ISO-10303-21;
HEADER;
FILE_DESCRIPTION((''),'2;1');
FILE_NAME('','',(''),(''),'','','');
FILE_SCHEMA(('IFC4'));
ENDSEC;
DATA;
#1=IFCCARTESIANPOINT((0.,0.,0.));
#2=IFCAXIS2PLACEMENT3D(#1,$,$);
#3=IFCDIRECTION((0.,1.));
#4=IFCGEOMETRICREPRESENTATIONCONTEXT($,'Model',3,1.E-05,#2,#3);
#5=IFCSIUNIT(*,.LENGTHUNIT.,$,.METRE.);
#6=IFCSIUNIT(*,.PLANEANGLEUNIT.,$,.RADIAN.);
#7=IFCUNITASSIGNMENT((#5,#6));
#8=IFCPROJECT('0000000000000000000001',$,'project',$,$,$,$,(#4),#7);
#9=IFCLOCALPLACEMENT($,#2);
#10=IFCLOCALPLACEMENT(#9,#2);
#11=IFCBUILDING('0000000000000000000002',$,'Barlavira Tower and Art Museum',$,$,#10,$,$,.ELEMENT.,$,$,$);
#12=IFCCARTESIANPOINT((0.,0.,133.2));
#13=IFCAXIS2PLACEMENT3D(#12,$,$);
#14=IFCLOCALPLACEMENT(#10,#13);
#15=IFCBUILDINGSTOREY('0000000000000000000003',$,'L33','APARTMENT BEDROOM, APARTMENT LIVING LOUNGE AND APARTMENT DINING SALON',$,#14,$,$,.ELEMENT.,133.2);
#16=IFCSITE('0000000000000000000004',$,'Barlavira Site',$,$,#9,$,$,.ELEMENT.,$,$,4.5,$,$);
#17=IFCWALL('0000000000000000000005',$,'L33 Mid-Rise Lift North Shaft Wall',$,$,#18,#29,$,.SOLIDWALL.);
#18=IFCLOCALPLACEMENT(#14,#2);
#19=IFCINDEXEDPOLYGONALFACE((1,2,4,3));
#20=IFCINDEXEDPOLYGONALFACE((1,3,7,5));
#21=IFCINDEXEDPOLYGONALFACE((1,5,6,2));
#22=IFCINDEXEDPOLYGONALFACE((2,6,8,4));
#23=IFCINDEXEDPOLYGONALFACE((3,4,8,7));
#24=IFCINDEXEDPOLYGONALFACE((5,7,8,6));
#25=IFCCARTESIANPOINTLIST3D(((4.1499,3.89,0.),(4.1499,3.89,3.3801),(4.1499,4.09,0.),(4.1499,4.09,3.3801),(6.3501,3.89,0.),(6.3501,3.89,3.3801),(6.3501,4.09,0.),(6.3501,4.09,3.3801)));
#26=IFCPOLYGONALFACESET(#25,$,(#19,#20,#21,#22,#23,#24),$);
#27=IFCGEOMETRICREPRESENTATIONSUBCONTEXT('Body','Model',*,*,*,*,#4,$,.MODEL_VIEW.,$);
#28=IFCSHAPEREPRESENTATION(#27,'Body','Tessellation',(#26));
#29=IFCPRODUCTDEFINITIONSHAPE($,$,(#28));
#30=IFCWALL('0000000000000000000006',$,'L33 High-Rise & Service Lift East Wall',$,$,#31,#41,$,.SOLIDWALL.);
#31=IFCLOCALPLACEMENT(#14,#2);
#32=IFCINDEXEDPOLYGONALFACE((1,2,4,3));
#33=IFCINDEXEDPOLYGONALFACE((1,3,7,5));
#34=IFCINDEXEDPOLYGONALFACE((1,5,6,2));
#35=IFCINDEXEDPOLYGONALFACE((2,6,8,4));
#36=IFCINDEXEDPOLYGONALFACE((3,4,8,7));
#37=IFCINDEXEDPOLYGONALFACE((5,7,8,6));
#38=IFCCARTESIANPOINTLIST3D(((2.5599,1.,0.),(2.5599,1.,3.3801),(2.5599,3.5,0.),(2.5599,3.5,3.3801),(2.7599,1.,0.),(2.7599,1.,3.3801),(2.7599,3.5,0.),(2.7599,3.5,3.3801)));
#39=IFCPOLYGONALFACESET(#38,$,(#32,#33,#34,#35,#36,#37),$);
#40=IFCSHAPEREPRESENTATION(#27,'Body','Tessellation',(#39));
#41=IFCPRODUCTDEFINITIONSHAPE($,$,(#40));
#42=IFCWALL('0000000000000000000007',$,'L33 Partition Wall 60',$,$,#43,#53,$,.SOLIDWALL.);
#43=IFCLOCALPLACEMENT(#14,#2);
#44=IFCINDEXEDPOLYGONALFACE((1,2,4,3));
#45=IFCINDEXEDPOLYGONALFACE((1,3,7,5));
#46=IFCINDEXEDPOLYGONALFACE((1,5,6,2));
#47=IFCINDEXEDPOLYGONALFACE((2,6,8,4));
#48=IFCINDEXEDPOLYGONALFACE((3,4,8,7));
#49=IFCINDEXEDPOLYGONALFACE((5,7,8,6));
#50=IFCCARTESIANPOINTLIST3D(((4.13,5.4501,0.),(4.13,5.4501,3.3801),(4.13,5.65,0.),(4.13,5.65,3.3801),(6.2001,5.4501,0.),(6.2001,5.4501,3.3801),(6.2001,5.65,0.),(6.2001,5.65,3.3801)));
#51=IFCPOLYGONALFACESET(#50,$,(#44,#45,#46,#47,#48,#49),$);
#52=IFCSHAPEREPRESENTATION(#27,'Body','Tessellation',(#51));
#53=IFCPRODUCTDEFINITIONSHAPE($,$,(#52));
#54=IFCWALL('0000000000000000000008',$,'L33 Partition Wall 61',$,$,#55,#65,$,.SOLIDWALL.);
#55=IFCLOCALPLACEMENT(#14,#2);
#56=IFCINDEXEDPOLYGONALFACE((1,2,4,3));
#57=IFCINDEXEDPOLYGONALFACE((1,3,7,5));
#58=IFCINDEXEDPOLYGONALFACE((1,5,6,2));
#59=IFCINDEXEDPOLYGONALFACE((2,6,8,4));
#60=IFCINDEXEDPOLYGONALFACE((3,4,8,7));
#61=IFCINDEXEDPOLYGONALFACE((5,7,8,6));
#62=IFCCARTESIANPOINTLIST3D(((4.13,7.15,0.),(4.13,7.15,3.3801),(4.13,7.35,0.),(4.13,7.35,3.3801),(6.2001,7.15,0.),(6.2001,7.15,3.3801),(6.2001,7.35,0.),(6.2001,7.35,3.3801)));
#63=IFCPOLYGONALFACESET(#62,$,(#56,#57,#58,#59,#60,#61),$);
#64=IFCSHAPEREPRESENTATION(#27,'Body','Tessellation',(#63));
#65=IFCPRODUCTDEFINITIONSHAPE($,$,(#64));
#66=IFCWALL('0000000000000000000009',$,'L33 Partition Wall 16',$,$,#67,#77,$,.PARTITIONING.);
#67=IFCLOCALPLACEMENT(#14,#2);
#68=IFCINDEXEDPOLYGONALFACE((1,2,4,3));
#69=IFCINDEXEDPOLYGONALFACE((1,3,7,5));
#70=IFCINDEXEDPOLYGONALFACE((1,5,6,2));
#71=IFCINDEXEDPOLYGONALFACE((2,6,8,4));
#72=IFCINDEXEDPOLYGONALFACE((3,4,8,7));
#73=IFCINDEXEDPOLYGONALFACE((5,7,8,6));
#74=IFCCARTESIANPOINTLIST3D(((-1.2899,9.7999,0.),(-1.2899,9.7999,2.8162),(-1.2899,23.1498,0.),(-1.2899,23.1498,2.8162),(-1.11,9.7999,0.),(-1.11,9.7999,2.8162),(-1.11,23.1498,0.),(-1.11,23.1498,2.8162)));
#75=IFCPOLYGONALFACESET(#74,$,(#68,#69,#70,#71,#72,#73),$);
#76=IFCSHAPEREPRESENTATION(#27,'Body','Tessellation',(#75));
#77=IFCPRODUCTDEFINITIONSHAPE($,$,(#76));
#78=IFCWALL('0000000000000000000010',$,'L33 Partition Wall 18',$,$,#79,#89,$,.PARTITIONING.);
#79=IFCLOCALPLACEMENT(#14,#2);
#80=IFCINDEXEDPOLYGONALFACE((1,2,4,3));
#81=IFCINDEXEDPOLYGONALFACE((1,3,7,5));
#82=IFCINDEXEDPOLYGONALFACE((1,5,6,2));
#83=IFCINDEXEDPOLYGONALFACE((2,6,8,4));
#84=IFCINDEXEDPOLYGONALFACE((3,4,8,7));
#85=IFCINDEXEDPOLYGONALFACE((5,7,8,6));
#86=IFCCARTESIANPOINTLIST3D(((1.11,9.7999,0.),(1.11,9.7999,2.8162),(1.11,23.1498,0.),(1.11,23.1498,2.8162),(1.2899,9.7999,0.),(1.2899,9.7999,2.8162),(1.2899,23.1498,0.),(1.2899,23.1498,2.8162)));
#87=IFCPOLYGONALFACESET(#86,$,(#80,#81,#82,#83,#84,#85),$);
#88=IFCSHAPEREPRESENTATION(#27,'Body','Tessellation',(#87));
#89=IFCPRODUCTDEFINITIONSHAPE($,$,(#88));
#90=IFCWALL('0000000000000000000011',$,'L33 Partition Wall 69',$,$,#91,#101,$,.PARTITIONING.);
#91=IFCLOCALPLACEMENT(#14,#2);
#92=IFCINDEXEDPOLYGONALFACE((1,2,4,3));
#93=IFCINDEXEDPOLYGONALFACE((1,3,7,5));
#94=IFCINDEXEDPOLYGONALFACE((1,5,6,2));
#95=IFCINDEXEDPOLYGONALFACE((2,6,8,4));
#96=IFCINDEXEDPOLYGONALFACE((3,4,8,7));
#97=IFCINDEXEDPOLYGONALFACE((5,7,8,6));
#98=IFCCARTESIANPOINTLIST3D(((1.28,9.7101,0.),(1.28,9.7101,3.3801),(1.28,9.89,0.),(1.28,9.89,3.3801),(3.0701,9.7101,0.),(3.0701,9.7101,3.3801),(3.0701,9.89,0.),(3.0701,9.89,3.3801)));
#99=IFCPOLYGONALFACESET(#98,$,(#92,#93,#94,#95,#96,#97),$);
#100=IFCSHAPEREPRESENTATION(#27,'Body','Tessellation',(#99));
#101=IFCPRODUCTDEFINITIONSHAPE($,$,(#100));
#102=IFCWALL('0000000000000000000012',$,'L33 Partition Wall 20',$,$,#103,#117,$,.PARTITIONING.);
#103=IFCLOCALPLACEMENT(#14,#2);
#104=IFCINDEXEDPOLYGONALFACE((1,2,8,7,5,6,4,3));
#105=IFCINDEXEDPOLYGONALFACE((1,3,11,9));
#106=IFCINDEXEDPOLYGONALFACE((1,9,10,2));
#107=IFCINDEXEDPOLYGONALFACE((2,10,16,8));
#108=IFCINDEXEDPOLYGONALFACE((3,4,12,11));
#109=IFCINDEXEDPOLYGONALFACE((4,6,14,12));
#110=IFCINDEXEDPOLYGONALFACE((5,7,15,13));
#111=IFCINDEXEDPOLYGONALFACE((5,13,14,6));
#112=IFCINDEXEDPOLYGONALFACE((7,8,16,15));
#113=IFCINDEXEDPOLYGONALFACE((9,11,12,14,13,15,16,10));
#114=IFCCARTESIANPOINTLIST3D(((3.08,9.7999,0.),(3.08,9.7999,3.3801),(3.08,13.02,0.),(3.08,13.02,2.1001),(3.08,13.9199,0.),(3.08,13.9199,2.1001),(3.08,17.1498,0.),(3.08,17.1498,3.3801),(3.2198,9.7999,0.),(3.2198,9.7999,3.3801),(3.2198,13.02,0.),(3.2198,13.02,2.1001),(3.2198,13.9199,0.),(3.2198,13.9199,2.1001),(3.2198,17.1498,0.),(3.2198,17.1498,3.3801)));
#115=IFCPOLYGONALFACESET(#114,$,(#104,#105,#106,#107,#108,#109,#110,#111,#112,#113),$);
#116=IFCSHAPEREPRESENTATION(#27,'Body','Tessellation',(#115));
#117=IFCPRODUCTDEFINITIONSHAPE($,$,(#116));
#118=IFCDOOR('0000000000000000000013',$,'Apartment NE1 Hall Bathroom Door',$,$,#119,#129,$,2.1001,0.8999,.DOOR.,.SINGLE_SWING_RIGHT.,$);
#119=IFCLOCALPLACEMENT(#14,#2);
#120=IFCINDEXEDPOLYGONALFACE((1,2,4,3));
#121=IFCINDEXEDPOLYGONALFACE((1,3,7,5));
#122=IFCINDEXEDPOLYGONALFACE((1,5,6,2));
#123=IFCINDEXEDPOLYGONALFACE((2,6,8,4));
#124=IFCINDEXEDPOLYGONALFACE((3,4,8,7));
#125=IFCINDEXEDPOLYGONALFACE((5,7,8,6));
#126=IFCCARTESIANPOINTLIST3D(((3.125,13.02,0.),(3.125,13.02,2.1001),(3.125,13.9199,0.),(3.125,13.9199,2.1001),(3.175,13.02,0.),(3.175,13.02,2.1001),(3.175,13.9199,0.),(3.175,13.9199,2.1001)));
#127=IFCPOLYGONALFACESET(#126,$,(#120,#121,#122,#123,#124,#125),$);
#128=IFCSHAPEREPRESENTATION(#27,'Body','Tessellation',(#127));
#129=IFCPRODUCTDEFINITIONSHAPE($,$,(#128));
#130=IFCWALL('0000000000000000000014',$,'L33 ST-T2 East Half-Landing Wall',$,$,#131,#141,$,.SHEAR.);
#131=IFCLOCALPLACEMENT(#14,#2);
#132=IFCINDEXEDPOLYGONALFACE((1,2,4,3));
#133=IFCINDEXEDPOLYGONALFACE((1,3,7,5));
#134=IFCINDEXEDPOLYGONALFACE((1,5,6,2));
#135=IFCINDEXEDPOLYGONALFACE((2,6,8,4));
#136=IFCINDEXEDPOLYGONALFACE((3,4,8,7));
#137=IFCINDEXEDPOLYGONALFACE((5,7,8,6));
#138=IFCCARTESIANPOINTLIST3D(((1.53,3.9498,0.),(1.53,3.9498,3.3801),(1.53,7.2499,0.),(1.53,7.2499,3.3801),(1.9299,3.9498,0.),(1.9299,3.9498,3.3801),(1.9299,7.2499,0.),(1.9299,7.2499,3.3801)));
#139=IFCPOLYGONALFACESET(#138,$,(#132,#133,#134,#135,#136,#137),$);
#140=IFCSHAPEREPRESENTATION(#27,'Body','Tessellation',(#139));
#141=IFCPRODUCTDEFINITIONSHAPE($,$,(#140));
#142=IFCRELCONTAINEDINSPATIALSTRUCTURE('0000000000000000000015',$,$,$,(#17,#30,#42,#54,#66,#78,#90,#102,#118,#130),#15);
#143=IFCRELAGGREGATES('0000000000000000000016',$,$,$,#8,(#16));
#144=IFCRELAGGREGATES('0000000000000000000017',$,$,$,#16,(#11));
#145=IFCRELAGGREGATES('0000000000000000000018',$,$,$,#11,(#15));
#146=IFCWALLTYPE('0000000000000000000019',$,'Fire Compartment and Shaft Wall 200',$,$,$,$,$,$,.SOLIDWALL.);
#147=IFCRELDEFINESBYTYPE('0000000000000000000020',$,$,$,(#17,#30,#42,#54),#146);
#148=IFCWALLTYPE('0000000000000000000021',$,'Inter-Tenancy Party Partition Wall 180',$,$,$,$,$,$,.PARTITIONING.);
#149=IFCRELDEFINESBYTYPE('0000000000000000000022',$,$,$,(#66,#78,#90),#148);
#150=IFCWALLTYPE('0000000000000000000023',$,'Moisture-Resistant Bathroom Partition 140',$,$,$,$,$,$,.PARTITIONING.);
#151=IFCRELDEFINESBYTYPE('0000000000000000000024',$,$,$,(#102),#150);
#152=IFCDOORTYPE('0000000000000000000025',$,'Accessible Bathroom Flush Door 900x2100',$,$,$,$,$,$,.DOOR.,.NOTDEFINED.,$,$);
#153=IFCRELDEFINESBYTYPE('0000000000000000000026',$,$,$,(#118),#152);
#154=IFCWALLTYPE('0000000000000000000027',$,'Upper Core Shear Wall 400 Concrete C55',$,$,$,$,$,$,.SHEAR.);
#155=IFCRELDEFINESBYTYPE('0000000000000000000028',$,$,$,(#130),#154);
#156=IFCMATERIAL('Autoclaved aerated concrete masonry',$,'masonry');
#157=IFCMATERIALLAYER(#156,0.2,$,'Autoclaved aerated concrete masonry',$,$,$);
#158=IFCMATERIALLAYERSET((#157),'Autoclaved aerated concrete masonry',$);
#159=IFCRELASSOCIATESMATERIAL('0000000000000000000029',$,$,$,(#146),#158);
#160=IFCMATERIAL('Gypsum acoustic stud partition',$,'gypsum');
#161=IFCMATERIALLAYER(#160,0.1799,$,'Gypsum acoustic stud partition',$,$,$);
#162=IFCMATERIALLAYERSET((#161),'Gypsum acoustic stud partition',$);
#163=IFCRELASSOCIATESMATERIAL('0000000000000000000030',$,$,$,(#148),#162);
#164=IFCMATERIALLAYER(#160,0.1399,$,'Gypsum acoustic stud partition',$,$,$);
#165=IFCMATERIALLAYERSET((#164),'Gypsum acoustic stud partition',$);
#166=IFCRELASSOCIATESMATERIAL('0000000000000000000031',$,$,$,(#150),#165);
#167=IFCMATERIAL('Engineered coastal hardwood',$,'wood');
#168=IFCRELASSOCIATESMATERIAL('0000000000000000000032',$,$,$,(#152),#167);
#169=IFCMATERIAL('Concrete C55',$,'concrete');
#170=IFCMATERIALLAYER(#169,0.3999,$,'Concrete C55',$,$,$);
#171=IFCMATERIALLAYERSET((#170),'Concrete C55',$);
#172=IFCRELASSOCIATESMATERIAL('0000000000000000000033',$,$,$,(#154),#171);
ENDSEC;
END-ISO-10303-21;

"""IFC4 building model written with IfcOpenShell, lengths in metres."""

from ifc_helpers import new_model, si_unit, direction, frame, frame_2d, origin, place, context, subcontext, project, spatial, rectangle, extrude, material, layer, layer_set, type_object, element, fill, save


model = new_model("IFC4")

# Units and contexts
model_context = context("Model", 3, precision=1e-05, world=origin(), true_north=direction((0.0, 1.0)))
body_context = subcontext(model_context, "Body", "Model", "MODEL_VIEW")
ifc_project = project(units=[si_unit("LENGTHUNIT", "METRE"), si_unit("PLANEANGLEUNIT", "RADIAN")], contexts=[model_context])

# Site, building, storey
site_placement = place(None, origin())
site = spatial("IfcSite", under=ifc_project, at=site_placement, Name="Barlavira Site", CompositionType="ELEMENT", RefElevation=4.5)
building_placement = place(site_placement, origin())
building = spatial("IfcBuilding", under=site, at=building_placement, Name="Barlavira Tower and Art Museum", CompositionType="ELEMENT")
storey_placement = place(building_placement, frame((0.0, 0.0, 133.2)))
storey = spatial("IfcBuildingStorey", under=building, at=storey_placement, Name="L33", Description="APARTMENT BEDROOM, APARTMENT LIVING LOUNGE AND APARTMENT DINING SALON", CompositionType="ELEMENT", Elevation=133.2)

# Walls
ifc_material_1 = material(Name="Autoclaved aerated concrete masonry", Category="masonry")
ifc_layer_1 = layer(ifc_material_1, 0.2, Name="Autoclaved aerated concrete masonry")
ifc_layer_set_1 = layer_set([ifc_layer_1], Name="Autoclaved aerated concrete masonry")
wall_type_1 = type_object("IfcWallType", Name="Fire Compartment and Shaft Wall 200", PredefinedType="SOLIDWALL", material=ifc_layer_set_1)
wall_1_placement = place(storey_placement, frame((4.1499, 3.99, 0.0), z_axis=(0.0, 0.0, 1.0), x_axis=(1.0, 0.0, 0.0)))
element("IfcWall", 1, at=wall_1_placement, inside=storey, type_object=wall_type_1, Name="L33 Mid-Rise Lift North Shaft Wall", PredefinedType="SOLIDWALL", context=body_context, shape_type="SweptSolid", body=[
    extrude(rectangle(XDim=2.2002, YDim=0.2, at=frame_2d((1.1001, 0.0))), origin(), (0.0, 0.0, 1.0), 3.3801),
])
wall_2_placement = place(storey_placement, frame((2.6599, 1.0, 0.0), z_axis=(0.0, 0.0, 1.0), x_axis=(0.0, 1.0, 0.0)))
element("IfcWall", 2, at=wall_2_placement, inside=storey, type_object=wall_type_1, Name="L33 High-Rise & Service Lift East Wall", PredefinedType="SOLIDWALL", context=body_context, shape_type="SweptSolid", body=[
    extrude(rectangle(XDim=2.5, YDim=0.2, at=frame_2d((1.25, 0.0))), origin(), (0.0, 0.0, 1.0), 3.3801),
])

# Walls
for number, where, z_axis, x_axis, name in (
    (3, (4.1299, 5.55, 0.0), (0.0, 0.0, 1.0), (1.0, 0.0, 0.0), "L33 Partition Wall 60"),
    (4, (4.1299, 7.25, 0.0), (0.0, 0.0, 1.0), (1.0, 0.0, 0.0), "L33 Partition Wall 61"),
):
    element("IfcWall", number, at=place(storey_placement, frame(where, z_axis=z_axis, x_axis=x_axis)), inside=storey, type_object=wall_type_1, Name=name, PredefinedType="SOLIDWALL", context=body_context, shape_type="SweptSolid", body=[
        extrude(rectangle(XDim=2.0701, YDim=0.2, at=frame_2d((1.0352, 0.0))), origin(), (0.0, 0.0, 1.0), 3.3801),
    ])
ifc_material_2 = material(Name="Gypsum acoustic stud partition", Category="gypsum")
ifc_layer_2 = layer(ifc_material_2, 0.1799, Name="Gypsum acoustic stud partition")
ifc_layer_set_2 = layer_set([ifc_layer_2], Name="Gypsum acoustic stud partition")
wall_type_2 = type_object("IfcWallType", Name="Inter-Tenancy Party Partition Wall 180", PredefinedType="PARTITIONING", material=ifc_layer_set_2)
for number, where, z_axis, x_axis, name in (
    (5, (-1.2, 9.8, 0.0), (0.0, 0.0, 1.0), (0.0, 1.0, 0.0), "L33 Partition Wall 16"),
    (6, (1.2, 9.8, 0.0), (0.0, 0.0, 1.0), (0.0, 1.0, 0.0), "L33 Partition Wall 18"),
):
    element("IfcWall", number, at=place(storey_placement, frame(where, z_axis=z_axis, x_axis=x_axis)), inside=storey, type_object=wall_type_2, Name=name, PredefinedType="PARTITIONING", context=body_context, shape_type="SweptSolid", body=[
        extrude(rectangle(XDim=13.3499, YDim=0.1799, at=frame_2d((6.6748, 0.0))), origin(), (0.0, 0.0, 1.0), 2.8162),
    ])
wall_3_placement = place(storey_placement, frame((1.28, 9.8, 0.0), z_axis=(0.0, 0.0, 1.0), x_axis=(1.0, 0.0, 0.0)))
element("IfcWall", 7, at=wall_3_placement, inside=storey, type_object=wall_type_2, Name="L33 Partition Wall 69", PredefinedType="PARTITIONING", context=body_context, shape_type="SweptSolid", body=[
    extrude(rectangle(XDim=1.79, YDim=0.1799, at=frame_2d((0.895, 0.0))), origin(), (0.0, 0.0, 1.0), 3.3801),
])

# Wall, opening, door
ifc_layer_3 = layer(ifc_material_2, 0.1399, Name="Gypsum acoustic stud partition")
ifc_layer_set_3 = layer_set([ifc_layer_3], Name="Gypsum acoustic stud partition")
wall_type_3 = type_object("IfcWallType", Name="Moisture-Resistant Bathroom Partition 140", PredefinedType="PARTITIONING", material=ifc_layer_set_3)
wall_4_placement = place(storey_placement, frame((3.1499, 9.8, 0.0), z_axis=(0.0, 0.0, 1.0), x_axis=(0.0, 1.0, 0.0)))
wall_4 = element("IfcWall", 8, at=wall_4_placement, inside=storey, type_object=wall_type_3, Name="L33 Partition Wall 20", PredefinedType="PARTITIONING", context=body_context, shape_type="SweptSolid", body=[
    extrude(rectangle(XDim=7.3499, YDim=0.1399, at=frame_2d((3.6748, 0.0))), origin(), (0.0, 0.0, 1.0), 3.3801),
])
opening_1_placement = place(wall_4_placement, frame((3.22, 0.0, 0.0)))
opening_1 = element("IfcOpeningElement", 9, at=opening_1_placement, cuts=wall_4, PredefinedType="OPENING", context=body_context, shape_type="SweptSolid", body=[
    extrude(rectangle(XDim=0.8999, YDim=2.1001, at=frame_2d((0.45, 1.05))), frame((0.0, 0.0801, 0.0), z_axis=(0.0, -1.0, 0.0), x_axis=(1.0, 0.0, 0.0)), (0.0, 0.0, 1.0), 0.1599),
])
ifc_material_3 = material(Name="Engineered coastal hardwood", Category="wood")
door_type_1 = type_object("IfcDoorType", Name="Accessible Bathroom Flush Door 900x2100", OperationType="NOTDEFINED", PredefinedType="DOOR", material=ifc_material_3)
door_1_placement = place(opening_1_placement, origin())
door_1 = element("IfcDoor", 10, at=door_1_placement, inside=storey, type_object=door_type_1, Name="Apartment NE1 Hall Bathroom Door", OperationType="SINGLE_SWING_RIGHT", OverallHeight=2.1001, OverallWidth=0.8999, PredefinedType="DOOR", context=body_context, shape_type="SweptSolid", body=[
    extrude(rectangle(XDim=0.8999, YDim=2.1001, at=frame_2d((0.45, 1.05))), frame((0.0, 0.0249, 0.0), z_axis=(0.0, -1.0, 0.0), x_axis=(1.0, 0.0, 0.0)), (0.0, 0.0, 1.0), 0.05),
])
fill(opening_1, door_1)

# Wall
ifc_material_4 = material(Name="Concrete C55", Category="concrete")
ifc_layer_4 = layer(ifc_material_4, 0.3999, Name="Concrete C55")
ifc_layer_set_4 = layer_set([ifc_layer_4], Name="Concrete C55")
wall_type_4 = type_object("IfcWallType", Name="Upper Core Shear Wall 400 Concrete C55", PredefinedType="SHEAR", material=ifc_layer_set_4)
wall_5_placement = place(storey_placement, frame((1.73, 3.95, 0.0), z_axis=(0.0, 0.0, 1.0), x_axis=(0.0, 1.0, 0.0)))
element("IfcWall", 11, at=wall_5_placement, inside=storey, type_object=wall_type_4, Name="L33 ST-T2 East Half-Landing Wall", PredefinedType="SHEAR", context=body_context, shape_type="SweptSolid", body=[
    extrude(rectangle(XDim=3.3, YDim=0.3999, at=frame_2d((1.6499, 0.0))), origin(), (0.0, 0.0, 1.0), 3.3801),
])

save(model, "model.ifc")
